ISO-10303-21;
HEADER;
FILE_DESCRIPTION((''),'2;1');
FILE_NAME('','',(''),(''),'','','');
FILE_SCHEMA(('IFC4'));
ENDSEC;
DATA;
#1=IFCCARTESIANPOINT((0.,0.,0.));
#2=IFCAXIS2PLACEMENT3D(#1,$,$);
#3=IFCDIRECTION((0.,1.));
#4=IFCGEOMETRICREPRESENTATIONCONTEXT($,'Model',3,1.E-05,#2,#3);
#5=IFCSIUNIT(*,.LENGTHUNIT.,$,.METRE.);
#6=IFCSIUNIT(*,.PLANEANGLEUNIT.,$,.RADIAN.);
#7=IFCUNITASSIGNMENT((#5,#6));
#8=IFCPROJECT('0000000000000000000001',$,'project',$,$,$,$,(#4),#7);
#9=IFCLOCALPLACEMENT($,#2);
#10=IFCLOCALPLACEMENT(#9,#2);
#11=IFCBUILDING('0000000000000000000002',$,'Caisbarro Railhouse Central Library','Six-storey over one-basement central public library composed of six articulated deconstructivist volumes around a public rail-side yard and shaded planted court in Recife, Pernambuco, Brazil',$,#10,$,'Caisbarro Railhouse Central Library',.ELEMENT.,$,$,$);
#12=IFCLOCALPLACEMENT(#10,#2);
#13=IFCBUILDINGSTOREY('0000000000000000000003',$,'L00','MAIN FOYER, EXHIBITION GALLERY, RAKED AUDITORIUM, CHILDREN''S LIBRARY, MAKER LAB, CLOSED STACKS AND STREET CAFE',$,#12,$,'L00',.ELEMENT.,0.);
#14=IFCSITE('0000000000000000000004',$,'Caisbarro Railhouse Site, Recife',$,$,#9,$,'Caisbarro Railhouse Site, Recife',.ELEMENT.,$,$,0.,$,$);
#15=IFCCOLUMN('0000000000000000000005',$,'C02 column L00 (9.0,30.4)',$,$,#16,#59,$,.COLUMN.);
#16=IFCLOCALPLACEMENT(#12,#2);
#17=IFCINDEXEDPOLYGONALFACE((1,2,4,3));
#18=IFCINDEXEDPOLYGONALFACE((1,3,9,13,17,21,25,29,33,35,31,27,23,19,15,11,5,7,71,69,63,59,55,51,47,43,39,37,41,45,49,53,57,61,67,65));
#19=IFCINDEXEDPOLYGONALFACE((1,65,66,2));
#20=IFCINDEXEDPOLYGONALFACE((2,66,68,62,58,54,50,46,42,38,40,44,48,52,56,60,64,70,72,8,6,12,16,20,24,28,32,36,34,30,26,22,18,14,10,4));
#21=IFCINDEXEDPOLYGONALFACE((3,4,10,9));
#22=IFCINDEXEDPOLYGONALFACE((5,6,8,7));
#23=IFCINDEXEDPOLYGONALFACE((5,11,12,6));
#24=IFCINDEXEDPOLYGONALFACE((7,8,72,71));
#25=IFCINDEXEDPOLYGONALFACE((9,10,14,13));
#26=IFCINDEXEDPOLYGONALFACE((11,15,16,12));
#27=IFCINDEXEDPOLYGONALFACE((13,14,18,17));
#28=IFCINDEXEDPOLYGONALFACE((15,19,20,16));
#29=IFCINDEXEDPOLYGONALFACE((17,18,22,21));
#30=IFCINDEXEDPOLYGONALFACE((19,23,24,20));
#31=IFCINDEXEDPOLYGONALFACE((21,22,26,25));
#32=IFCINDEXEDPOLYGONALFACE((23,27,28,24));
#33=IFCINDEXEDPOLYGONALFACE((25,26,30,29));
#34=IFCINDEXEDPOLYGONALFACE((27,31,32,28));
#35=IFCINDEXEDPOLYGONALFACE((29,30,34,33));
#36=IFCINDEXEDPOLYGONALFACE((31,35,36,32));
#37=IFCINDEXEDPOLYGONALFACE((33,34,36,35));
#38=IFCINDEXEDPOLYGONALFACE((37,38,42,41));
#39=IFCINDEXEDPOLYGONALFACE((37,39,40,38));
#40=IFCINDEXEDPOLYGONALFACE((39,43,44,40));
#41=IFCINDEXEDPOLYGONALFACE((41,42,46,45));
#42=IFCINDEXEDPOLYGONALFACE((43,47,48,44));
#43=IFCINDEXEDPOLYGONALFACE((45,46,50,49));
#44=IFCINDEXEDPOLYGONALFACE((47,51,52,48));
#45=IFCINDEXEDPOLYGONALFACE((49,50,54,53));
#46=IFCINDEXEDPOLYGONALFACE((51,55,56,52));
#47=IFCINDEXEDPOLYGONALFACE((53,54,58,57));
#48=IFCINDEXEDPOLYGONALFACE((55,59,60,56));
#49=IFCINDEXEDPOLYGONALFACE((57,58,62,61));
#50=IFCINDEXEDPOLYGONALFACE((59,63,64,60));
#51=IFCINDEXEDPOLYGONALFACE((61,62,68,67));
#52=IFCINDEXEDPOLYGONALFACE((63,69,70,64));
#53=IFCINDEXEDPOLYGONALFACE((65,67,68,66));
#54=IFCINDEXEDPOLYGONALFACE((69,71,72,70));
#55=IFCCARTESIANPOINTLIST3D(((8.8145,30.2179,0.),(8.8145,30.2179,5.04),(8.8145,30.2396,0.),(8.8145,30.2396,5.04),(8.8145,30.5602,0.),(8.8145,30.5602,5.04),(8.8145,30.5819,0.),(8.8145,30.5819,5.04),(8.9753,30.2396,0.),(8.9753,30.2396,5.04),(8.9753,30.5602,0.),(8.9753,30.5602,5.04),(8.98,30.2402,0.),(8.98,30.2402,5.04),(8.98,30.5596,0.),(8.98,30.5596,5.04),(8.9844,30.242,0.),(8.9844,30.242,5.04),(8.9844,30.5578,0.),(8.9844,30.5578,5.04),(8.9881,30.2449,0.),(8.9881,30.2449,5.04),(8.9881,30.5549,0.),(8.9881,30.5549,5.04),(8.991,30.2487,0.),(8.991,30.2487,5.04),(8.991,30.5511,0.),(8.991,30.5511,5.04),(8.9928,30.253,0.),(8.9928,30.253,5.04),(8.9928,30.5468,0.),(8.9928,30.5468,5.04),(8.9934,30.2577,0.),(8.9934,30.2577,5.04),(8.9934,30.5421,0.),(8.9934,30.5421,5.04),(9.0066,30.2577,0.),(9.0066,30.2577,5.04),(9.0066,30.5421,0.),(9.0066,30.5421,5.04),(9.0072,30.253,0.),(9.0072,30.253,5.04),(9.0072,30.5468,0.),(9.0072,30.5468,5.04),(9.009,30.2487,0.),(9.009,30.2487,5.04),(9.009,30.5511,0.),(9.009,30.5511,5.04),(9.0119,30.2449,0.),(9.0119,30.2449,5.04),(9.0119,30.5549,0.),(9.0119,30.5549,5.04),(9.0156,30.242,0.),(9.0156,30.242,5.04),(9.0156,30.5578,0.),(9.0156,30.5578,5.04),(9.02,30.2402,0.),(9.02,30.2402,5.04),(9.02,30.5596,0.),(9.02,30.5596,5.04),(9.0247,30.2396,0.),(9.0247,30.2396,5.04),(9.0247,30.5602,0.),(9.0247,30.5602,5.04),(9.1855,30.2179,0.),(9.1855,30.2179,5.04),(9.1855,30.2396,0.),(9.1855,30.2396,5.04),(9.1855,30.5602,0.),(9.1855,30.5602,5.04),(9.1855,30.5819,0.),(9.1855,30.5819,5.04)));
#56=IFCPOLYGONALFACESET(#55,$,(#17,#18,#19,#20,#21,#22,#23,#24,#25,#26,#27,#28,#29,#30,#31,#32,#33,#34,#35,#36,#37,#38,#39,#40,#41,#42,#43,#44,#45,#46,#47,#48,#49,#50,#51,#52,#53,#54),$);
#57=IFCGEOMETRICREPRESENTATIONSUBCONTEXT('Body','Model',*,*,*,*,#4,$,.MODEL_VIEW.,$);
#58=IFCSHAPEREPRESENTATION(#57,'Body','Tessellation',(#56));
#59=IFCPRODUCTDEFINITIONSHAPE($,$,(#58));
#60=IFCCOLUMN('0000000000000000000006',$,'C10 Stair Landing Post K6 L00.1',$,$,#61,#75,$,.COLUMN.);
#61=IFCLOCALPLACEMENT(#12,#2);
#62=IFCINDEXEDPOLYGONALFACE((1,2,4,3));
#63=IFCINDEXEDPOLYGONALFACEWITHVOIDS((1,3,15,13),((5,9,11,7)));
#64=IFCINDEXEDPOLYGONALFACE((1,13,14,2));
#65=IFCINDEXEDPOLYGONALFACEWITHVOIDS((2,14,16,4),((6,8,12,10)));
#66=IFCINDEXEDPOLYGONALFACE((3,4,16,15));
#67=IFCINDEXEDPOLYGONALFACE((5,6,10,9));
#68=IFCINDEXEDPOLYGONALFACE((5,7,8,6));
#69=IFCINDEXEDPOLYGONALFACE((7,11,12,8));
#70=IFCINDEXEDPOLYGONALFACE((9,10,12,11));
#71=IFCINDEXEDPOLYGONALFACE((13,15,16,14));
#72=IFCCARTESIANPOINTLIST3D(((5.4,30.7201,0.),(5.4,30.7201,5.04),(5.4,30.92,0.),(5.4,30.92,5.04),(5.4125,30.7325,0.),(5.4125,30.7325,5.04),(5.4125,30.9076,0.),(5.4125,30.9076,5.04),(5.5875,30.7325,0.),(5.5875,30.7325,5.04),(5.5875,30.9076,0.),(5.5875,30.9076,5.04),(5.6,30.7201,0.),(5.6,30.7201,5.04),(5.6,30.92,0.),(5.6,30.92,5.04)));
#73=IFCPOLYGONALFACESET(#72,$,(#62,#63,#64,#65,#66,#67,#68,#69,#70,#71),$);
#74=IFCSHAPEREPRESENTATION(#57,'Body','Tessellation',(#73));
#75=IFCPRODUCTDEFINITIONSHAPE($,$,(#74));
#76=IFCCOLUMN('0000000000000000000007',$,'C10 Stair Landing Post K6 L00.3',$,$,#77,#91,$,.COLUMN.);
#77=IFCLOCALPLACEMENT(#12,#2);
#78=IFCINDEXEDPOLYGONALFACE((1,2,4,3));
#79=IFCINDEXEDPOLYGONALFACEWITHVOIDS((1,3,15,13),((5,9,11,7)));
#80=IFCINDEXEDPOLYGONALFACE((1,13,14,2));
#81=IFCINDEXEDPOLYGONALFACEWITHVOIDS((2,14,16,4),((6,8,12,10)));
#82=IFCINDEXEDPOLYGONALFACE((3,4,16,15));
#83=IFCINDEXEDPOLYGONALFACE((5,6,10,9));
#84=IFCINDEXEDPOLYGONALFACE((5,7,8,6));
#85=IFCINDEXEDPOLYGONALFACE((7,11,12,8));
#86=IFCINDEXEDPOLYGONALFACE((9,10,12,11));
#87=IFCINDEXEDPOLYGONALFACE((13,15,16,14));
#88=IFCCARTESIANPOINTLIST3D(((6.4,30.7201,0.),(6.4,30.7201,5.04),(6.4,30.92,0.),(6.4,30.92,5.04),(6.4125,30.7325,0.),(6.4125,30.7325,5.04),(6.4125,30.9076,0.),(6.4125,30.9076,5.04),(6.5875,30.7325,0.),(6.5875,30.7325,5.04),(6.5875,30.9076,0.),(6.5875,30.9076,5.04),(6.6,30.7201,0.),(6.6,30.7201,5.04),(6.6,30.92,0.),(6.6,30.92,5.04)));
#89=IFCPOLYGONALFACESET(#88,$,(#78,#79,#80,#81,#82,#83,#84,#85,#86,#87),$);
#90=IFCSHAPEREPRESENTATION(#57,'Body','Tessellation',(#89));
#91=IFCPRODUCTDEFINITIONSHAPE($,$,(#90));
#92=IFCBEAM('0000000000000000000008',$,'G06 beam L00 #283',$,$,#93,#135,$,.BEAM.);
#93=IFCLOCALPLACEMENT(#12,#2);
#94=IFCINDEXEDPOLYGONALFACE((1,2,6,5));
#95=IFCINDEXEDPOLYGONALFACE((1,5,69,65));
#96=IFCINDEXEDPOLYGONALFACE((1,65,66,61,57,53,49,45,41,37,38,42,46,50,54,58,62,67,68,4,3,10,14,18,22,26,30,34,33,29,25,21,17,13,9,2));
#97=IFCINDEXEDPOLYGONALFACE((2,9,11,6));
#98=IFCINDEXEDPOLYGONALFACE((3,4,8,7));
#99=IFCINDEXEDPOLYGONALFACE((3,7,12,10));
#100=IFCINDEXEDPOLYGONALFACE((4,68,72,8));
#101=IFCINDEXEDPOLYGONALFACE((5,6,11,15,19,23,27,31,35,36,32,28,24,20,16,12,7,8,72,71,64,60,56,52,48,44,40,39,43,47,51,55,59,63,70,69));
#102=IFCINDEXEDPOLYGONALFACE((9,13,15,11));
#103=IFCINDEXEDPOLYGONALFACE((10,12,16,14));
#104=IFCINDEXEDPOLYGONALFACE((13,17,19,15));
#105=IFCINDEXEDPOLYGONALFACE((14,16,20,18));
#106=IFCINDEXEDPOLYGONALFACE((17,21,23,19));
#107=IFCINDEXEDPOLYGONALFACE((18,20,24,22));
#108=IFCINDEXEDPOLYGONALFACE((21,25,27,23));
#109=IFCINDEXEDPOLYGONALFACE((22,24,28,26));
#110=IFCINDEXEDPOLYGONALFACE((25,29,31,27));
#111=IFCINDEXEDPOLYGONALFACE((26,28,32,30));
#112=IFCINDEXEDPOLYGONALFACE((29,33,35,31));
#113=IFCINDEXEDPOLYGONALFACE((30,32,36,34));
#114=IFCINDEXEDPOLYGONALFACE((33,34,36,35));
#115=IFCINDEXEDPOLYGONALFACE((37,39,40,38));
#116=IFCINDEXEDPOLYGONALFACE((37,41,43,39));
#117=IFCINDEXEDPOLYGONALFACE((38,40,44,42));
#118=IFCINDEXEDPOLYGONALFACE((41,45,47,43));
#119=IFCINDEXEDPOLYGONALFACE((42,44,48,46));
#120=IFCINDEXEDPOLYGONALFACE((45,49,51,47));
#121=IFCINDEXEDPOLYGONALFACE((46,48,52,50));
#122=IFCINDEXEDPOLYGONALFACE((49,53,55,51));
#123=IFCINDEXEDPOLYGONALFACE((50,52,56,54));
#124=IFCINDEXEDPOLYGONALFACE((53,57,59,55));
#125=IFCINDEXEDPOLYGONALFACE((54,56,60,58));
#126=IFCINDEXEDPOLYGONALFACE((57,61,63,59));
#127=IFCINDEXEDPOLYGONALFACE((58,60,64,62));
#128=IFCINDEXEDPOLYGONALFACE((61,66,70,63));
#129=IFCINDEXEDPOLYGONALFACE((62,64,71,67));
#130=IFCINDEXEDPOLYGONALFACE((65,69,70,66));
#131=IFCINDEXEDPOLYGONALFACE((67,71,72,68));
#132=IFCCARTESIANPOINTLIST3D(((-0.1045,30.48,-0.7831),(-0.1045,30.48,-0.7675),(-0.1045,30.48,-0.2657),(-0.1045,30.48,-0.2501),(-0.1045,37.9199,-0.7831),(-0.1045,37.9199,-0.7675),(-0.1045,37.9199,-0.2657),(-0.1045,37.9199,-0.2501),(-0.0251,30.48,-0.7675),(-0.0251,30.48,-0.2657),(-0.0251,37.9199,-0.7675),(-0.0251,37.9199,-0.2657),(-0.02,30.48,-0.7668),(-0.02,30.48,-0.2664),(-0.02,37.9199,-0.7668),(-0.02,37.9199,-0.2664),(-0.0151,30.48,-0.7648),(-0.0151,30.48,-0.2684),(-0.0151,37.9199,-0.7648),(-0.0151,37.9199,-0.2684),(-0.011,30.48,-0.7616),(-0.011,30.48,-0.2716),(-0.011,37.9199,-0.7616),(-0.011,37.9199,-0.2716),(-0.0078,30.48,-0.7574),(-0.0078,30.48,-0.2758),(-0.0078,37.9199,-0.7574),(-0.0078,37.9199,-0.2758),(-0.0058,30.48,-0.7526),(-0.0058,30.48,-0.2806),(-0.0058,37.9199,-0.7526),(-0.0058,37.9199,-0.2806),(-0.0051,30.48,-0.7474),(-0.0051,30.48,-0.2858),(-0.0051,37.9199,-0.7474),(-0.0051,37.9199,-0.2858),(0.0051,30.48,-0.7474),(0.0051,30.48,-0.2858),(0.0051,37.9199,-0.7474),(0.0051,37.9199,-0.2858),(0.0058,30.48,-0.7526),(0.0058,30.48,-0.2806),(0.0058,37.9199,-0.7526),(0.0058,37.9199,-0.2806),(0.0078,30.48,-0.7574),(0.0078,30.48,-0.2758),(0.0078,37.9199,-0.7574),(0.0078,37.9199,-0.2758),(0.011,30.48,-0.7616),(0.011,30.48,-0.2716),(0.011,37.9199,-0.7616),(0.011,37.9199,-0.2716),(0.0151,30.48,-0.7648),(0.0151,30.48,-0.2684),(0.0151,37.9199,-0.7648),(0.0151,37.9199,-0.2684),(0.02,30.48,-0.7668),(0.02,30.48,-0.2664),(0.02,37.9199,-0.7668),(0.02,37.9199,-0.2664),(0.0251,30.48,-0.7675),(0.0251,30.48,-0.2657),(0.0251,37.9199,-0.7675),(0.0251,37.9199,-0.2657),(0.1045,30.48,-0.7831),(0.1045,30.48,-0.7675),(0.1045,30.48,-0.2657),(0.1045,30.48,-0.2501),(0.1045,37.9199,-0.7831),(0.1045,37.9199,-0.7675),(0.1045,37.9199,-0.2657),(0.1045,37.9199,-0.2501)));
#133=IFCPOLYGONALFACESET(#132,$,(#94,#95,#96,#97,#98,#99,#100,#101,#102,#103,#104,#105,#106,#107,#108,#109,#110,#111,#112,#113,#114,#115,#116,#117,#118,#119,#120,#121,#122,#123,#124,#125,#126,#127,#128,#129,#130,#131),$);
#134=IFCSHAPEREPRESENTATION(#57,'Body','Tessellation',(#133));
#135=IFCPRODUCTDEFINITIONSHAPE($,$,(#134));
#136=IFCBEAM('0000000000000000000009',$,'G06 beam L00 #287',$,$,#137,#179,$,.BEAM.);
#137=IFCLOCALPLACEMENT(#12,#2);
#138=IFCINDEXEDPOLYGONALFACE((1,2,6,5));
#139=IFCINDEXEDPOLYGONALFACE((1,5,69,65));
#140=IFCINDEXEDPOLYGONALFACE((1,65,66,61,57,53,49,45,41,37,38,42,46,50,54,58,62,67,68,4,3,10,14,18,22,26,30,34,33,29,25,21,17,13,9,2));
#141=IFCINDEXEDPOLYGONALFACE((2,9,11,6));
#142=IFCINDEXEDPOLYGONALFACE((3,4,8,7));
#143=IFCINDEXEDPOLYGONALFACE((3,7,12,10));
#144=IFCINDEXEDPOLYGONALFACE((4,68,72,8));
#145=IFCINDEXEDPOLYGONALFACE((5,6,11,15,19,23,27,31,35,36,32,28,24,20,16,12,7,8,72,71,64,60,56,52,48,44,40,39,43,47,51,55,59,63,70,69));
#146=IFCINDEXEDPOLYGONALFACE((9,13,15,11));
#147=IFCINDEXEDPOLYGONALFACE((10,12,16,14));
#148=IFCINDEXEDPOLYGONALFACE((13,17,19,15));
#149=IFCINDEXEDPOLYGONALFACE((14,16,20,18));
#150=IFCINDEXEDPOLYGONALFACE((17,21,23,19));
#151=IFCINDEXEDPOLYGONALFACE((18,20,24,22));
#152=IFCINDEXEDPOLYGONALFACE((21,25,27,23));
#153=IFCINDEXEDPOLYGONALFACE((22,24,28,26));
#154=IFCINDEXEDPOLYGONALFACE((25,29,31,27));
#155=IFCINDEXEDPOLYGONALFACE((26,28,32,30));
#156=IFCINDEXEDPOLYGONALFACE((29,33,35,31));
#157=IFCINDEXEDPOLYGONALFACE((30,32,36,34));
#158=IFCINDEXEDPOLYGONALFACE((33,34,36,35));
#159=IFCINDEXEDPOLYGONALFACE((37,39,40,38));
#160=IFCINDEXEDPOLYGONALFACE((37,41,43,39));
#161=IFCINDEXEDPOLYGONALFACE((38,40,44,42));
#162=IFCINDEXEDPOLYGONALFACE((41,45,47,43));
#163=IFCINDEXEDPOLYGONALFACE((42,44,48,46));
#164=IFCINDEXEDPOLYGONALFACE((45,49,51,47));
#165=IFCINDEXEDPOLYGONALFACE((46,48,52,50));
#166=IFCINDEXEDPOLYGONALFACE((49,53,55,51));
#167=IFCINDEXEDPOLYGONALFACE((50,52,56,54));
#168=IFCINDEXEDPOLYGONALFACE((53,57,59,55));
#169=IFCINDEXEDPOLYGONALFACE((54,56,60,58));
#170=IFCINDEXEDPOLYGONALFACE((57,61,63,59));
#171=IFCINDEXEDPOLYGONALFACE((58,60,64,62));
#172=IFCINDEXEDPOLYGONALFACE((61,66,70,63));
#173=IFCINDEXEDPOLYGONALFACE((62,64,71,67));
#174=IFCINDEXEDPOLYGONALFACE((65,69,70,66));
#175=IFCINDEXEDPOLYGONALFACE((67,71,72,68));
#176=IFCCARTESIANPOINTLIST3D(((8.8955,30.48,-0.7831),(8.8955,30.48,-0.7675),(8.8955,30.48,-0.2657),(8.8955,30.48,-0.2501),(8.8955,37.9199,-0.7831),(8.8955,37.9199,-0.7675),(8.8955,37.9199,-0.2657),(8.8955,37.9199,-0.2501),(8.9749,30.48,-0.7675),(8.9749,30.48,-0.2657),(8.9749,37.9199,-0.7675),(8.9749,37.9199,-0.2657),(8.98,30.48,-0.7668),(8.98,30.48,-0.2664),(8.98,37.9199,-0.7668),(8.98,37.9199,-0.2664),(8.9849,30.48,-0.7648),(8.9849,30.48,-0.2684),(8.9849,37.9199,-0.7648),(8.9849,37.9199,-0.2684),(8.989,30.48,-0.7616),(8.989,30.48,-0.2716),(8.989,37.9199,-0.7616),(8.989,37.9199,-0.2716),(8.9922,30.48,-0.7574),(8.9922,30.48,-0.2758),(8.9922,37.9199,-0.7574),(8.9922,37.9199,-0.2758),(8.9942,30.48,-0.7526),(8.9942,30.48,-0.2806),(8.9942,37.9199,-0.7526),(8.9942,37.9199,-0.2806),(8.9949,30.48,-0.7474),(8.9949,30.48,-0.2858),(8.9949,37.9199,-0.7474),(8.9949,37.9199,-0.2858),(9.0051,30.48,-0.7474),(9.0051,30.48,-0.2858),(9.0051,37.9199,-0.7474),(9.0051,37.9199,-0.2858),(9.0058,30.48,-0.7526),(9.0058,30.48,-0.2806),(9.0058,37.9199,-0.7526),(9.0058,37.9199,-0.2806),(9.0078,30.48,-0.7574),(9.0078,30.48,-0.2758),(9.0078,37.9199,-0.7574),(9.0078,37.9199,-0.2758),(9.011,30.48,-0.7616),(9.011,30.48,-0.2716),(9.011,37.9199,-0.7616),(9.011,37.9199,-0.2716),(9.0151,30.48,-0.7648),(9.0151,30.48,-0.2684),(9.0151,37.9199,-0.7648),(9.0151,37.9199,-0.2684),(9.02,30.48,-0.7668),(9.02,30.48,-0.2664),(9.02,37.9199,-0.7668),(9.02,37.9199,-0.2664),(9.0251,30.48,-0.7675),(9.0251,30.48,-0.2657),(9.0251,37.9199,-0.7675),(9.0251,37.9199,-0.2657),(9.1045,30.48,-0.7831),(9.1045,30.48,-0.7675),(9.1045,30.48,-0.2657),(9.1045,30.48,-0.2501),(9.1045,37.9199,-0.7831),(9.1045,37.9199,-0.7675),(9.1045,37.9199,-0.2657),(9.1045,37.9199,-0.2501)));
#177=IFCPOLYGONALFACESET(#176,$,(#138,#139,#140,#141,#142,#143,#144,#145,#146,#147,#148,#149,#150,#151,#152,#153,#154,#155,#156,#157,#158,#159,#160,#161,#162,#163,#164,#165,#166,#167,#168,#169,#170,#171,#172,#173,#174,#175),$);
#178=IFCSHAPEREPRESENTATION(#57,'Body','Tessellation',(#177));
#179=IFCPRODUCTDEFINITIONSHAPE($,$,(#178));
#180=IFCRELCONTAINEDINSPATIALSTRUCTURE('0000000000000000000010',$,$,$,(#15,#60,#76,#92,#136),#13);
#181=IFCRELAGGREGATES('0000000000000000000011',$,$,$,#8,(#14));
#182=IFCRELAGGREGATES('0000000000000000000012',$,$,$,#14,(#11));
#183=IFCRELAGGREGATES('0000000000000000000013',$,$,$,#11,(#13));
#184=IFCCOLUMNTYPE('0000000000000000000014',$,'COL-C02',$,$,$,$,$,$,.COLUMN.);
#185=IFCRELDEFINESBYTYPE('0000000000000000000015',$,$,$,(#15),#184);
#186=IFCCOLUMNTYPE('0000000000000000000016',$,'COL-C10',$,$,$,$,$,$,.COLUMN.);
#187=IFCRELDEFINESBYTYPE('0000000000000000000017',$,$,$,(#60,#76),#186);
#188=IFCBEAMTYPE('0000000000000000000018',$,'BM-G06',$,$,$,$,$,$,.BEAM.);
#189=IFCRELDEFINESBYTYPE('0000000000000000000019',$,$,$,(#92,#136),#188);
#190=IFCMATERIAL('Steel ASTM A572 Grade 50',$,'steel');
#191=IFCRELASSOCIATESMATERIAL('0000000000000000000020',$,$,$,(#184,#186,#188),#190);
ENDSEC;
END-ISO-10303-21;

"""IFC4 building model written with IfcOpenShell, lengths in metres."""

from ifc_helpers import new_model, si_unit, direction, frame, origin, origin_2d, place, context, subcontext, project, spatial, hollow_rectangle, i_section, extrude, material, material_profile, profile_set, type_object, element, save


model = new_model("IFC4")

# Units and contexts
model_context = context("Model", 3, precision=1e-05, world=origin(), true_north=direction((0.0, 1.0)))
body_context = subcontext(model_context, "Body", "Model", "MODEL_VIEW")
ifc_project = project(units=[si_unit("LENGTHUNIT", "METRE"), si_unit("PLANEANGLEUNIT", "RADIAN")], contexts=[model_context])

# Site, building, storey
site_placement = place(None, origin())
site = spatial("IfcSite", under=ifc_project, at=site_placement, Name="Caisbarro Railhouse Site, Recife", LongName="Caisbarro Railhouse Site, Recife", CompositionType="ELEMENT", RefElevation=0.0)
building_placement = place(site_placement, origin())
building = spatial("IfcBuilding", under=site, at=building_placement, Name="Caisbarro Railhouse Central Library", Description="Six-storey over one-basement central public library composed of six articulated deconstructivist volumes around a public rail-side yard and shaded planted court in Recife, Pernambuco, Brazil", LongName="Caisbarro Railhouse Central Library", CompositionType="ELEMENT")
storey_placement = place(building_placement, origin())
storey = spatial("IfcBuildingStorey", under=building, at=storey_placement, Name="L00", Description="MAIN FOYER, EXHIBITION GALLERY, RAKED AUDITORIUM, CHILDREN'S LIBRARY, MAKER LAB, CLOSED STACKS AND STREET CAFE", LongName="L00", CompositionType="ELEMENT", Elevation=0.0)

# Columns
ifc_material_1 = material(Name="Steel ASTM A572 Grade 50", Category="steel")
ifc_material_profile_1 = material_profile(ifc_material_1, i_section(OverallWidth=0.3711, OverallDepth=0.364, WebThickness=0.0132, FlangeThickness=0.0217, FilletRadius=0.0181, at=origin_2d()), Name="W360X162.0")
ifc_profile_set_1 = profile_set([ifc_material_profile_1], Name="Steel ASTM A572 Grade 50")
column_type_1 = type_object("IfcColumnType", Name="COL-C02", PredefinedType="COLUMN", material=ifc_profile_set_1)
column_placement = place(storey_placement, frame((9.0, 30.3999, 0.0), z_axis=(0.0, 0.0, 1.0), x_axis=(1.0, 0.0, 0.0)))
element("IfcColumn", 1, at=column_placement, inside=storey, type_object=column_type_1, Name="C02 column L00 (9.0,30.4)", PredefinedType="COLUMN", context=body_context, shape_type="SweptSolid", body=[
    extrude(i_section(OverallWidth=0.3711, OverallDepth=0.364, WebThickness=0.0132, FlangeThickness=0.0217, FilletRadius=0.0181, at=origin_2d()), origin(), (0.0, 0.0, 1.0), 5.04),
])
ifc_material_profile_2 = material_profile(ifc_material_1, hollow_rectangle(XDim=0.2, YDim=0.2, WallThickness=0.0125, at=origin_2d()), Name="HSS200X200X12.5")
ifc_profile_set_2 = profile_set([ifc_material_profile_2], Name="Steel ASTM A572 Grade 50")
column_type_2 = type_object("IfcColumnType", Name="COL-C10", PredefinedType="COLUMN", material=ifc_profile_set_2)
for number, where, z_axis, x_axis, name in (
    (2, (5.5, 30.8201, 0.0), (0.0, 0.0, 1.0), (1.0, 0.0, 0.0), "C10 Stair Landing Post K6 L00.1"),
    (3, (6.5, 30.8201, 0.0), (0.0, 0.0, 1.0), (1.0, 0.0, 0.0), "C10 Stair Landing Post K6 L00.3"),
):
    element("IfcColumn", number, at=place(storey_placement, frame(where, z_axis=z_axis, x_axis=x_axis)), inside=storey, type_object=column_type_2, Name=name, PredefinedType="COLUMN", context=body_context, shape_type="SweptSolid", body=[
        extrude(hollow_rectangle(XDim=0.2, YDim=0.2, WallThickness=0.0125, at=origin_2d()), origin(), (0.0, 0.0, 1.0), 5.04),
    ])

# Beams
ifc_material_profile_3 = material_profile(ifc_material_1, i_section(OverallWidth=0.209, OverallDepth=0.533, WebThickness=0.0103, FlangeThickness=0.0156, FilletRadius=0.02, at=origin_2d()), Name="W530X92.0")
ifc_profile_set_3 = profile_set([ifc_material_profile_3], Name="Steel ASTM A572 Grade 50")
beam_type_1 = type_object("IfcBeamType", Name="BM-G06", PredefinedType="BEAM", material=ifc_profile_set_3)
for number, where, z_axis, x_axis, name in (
    (4, (0.0, 30.48, -0.5166), (0.0, 1.0, 0.0), (-1.0, 0.0, 0.0), "G06 beam L00 #283"),
    (5, (9.0, 30.48, -0.5166), (0.0, 1.0, 0.0), (-1.0, 0.0, 0.0), "G06 beam L00 #287"),
):
    element("IfcBeam", number, at=place(storey_placement, frame(where, z_axis=z_axis, x_axis=x_axis)), inside=storey, type_object=beam_type_1, Name=name, PredefinedType="BEAM", context=body_context, shape_type="SweptSolid", body=[
        extrude(i_section(OverallWidth=0.209, OverallDepth=0.533, WebThickness=0.0103, FlangeThickness=0.0156, FilletRadius=0.02, at=origin_2d()), origin(), (0.0, 0.0, 1.0), 7.4399),
    ])

save(model, "model.ifc")
